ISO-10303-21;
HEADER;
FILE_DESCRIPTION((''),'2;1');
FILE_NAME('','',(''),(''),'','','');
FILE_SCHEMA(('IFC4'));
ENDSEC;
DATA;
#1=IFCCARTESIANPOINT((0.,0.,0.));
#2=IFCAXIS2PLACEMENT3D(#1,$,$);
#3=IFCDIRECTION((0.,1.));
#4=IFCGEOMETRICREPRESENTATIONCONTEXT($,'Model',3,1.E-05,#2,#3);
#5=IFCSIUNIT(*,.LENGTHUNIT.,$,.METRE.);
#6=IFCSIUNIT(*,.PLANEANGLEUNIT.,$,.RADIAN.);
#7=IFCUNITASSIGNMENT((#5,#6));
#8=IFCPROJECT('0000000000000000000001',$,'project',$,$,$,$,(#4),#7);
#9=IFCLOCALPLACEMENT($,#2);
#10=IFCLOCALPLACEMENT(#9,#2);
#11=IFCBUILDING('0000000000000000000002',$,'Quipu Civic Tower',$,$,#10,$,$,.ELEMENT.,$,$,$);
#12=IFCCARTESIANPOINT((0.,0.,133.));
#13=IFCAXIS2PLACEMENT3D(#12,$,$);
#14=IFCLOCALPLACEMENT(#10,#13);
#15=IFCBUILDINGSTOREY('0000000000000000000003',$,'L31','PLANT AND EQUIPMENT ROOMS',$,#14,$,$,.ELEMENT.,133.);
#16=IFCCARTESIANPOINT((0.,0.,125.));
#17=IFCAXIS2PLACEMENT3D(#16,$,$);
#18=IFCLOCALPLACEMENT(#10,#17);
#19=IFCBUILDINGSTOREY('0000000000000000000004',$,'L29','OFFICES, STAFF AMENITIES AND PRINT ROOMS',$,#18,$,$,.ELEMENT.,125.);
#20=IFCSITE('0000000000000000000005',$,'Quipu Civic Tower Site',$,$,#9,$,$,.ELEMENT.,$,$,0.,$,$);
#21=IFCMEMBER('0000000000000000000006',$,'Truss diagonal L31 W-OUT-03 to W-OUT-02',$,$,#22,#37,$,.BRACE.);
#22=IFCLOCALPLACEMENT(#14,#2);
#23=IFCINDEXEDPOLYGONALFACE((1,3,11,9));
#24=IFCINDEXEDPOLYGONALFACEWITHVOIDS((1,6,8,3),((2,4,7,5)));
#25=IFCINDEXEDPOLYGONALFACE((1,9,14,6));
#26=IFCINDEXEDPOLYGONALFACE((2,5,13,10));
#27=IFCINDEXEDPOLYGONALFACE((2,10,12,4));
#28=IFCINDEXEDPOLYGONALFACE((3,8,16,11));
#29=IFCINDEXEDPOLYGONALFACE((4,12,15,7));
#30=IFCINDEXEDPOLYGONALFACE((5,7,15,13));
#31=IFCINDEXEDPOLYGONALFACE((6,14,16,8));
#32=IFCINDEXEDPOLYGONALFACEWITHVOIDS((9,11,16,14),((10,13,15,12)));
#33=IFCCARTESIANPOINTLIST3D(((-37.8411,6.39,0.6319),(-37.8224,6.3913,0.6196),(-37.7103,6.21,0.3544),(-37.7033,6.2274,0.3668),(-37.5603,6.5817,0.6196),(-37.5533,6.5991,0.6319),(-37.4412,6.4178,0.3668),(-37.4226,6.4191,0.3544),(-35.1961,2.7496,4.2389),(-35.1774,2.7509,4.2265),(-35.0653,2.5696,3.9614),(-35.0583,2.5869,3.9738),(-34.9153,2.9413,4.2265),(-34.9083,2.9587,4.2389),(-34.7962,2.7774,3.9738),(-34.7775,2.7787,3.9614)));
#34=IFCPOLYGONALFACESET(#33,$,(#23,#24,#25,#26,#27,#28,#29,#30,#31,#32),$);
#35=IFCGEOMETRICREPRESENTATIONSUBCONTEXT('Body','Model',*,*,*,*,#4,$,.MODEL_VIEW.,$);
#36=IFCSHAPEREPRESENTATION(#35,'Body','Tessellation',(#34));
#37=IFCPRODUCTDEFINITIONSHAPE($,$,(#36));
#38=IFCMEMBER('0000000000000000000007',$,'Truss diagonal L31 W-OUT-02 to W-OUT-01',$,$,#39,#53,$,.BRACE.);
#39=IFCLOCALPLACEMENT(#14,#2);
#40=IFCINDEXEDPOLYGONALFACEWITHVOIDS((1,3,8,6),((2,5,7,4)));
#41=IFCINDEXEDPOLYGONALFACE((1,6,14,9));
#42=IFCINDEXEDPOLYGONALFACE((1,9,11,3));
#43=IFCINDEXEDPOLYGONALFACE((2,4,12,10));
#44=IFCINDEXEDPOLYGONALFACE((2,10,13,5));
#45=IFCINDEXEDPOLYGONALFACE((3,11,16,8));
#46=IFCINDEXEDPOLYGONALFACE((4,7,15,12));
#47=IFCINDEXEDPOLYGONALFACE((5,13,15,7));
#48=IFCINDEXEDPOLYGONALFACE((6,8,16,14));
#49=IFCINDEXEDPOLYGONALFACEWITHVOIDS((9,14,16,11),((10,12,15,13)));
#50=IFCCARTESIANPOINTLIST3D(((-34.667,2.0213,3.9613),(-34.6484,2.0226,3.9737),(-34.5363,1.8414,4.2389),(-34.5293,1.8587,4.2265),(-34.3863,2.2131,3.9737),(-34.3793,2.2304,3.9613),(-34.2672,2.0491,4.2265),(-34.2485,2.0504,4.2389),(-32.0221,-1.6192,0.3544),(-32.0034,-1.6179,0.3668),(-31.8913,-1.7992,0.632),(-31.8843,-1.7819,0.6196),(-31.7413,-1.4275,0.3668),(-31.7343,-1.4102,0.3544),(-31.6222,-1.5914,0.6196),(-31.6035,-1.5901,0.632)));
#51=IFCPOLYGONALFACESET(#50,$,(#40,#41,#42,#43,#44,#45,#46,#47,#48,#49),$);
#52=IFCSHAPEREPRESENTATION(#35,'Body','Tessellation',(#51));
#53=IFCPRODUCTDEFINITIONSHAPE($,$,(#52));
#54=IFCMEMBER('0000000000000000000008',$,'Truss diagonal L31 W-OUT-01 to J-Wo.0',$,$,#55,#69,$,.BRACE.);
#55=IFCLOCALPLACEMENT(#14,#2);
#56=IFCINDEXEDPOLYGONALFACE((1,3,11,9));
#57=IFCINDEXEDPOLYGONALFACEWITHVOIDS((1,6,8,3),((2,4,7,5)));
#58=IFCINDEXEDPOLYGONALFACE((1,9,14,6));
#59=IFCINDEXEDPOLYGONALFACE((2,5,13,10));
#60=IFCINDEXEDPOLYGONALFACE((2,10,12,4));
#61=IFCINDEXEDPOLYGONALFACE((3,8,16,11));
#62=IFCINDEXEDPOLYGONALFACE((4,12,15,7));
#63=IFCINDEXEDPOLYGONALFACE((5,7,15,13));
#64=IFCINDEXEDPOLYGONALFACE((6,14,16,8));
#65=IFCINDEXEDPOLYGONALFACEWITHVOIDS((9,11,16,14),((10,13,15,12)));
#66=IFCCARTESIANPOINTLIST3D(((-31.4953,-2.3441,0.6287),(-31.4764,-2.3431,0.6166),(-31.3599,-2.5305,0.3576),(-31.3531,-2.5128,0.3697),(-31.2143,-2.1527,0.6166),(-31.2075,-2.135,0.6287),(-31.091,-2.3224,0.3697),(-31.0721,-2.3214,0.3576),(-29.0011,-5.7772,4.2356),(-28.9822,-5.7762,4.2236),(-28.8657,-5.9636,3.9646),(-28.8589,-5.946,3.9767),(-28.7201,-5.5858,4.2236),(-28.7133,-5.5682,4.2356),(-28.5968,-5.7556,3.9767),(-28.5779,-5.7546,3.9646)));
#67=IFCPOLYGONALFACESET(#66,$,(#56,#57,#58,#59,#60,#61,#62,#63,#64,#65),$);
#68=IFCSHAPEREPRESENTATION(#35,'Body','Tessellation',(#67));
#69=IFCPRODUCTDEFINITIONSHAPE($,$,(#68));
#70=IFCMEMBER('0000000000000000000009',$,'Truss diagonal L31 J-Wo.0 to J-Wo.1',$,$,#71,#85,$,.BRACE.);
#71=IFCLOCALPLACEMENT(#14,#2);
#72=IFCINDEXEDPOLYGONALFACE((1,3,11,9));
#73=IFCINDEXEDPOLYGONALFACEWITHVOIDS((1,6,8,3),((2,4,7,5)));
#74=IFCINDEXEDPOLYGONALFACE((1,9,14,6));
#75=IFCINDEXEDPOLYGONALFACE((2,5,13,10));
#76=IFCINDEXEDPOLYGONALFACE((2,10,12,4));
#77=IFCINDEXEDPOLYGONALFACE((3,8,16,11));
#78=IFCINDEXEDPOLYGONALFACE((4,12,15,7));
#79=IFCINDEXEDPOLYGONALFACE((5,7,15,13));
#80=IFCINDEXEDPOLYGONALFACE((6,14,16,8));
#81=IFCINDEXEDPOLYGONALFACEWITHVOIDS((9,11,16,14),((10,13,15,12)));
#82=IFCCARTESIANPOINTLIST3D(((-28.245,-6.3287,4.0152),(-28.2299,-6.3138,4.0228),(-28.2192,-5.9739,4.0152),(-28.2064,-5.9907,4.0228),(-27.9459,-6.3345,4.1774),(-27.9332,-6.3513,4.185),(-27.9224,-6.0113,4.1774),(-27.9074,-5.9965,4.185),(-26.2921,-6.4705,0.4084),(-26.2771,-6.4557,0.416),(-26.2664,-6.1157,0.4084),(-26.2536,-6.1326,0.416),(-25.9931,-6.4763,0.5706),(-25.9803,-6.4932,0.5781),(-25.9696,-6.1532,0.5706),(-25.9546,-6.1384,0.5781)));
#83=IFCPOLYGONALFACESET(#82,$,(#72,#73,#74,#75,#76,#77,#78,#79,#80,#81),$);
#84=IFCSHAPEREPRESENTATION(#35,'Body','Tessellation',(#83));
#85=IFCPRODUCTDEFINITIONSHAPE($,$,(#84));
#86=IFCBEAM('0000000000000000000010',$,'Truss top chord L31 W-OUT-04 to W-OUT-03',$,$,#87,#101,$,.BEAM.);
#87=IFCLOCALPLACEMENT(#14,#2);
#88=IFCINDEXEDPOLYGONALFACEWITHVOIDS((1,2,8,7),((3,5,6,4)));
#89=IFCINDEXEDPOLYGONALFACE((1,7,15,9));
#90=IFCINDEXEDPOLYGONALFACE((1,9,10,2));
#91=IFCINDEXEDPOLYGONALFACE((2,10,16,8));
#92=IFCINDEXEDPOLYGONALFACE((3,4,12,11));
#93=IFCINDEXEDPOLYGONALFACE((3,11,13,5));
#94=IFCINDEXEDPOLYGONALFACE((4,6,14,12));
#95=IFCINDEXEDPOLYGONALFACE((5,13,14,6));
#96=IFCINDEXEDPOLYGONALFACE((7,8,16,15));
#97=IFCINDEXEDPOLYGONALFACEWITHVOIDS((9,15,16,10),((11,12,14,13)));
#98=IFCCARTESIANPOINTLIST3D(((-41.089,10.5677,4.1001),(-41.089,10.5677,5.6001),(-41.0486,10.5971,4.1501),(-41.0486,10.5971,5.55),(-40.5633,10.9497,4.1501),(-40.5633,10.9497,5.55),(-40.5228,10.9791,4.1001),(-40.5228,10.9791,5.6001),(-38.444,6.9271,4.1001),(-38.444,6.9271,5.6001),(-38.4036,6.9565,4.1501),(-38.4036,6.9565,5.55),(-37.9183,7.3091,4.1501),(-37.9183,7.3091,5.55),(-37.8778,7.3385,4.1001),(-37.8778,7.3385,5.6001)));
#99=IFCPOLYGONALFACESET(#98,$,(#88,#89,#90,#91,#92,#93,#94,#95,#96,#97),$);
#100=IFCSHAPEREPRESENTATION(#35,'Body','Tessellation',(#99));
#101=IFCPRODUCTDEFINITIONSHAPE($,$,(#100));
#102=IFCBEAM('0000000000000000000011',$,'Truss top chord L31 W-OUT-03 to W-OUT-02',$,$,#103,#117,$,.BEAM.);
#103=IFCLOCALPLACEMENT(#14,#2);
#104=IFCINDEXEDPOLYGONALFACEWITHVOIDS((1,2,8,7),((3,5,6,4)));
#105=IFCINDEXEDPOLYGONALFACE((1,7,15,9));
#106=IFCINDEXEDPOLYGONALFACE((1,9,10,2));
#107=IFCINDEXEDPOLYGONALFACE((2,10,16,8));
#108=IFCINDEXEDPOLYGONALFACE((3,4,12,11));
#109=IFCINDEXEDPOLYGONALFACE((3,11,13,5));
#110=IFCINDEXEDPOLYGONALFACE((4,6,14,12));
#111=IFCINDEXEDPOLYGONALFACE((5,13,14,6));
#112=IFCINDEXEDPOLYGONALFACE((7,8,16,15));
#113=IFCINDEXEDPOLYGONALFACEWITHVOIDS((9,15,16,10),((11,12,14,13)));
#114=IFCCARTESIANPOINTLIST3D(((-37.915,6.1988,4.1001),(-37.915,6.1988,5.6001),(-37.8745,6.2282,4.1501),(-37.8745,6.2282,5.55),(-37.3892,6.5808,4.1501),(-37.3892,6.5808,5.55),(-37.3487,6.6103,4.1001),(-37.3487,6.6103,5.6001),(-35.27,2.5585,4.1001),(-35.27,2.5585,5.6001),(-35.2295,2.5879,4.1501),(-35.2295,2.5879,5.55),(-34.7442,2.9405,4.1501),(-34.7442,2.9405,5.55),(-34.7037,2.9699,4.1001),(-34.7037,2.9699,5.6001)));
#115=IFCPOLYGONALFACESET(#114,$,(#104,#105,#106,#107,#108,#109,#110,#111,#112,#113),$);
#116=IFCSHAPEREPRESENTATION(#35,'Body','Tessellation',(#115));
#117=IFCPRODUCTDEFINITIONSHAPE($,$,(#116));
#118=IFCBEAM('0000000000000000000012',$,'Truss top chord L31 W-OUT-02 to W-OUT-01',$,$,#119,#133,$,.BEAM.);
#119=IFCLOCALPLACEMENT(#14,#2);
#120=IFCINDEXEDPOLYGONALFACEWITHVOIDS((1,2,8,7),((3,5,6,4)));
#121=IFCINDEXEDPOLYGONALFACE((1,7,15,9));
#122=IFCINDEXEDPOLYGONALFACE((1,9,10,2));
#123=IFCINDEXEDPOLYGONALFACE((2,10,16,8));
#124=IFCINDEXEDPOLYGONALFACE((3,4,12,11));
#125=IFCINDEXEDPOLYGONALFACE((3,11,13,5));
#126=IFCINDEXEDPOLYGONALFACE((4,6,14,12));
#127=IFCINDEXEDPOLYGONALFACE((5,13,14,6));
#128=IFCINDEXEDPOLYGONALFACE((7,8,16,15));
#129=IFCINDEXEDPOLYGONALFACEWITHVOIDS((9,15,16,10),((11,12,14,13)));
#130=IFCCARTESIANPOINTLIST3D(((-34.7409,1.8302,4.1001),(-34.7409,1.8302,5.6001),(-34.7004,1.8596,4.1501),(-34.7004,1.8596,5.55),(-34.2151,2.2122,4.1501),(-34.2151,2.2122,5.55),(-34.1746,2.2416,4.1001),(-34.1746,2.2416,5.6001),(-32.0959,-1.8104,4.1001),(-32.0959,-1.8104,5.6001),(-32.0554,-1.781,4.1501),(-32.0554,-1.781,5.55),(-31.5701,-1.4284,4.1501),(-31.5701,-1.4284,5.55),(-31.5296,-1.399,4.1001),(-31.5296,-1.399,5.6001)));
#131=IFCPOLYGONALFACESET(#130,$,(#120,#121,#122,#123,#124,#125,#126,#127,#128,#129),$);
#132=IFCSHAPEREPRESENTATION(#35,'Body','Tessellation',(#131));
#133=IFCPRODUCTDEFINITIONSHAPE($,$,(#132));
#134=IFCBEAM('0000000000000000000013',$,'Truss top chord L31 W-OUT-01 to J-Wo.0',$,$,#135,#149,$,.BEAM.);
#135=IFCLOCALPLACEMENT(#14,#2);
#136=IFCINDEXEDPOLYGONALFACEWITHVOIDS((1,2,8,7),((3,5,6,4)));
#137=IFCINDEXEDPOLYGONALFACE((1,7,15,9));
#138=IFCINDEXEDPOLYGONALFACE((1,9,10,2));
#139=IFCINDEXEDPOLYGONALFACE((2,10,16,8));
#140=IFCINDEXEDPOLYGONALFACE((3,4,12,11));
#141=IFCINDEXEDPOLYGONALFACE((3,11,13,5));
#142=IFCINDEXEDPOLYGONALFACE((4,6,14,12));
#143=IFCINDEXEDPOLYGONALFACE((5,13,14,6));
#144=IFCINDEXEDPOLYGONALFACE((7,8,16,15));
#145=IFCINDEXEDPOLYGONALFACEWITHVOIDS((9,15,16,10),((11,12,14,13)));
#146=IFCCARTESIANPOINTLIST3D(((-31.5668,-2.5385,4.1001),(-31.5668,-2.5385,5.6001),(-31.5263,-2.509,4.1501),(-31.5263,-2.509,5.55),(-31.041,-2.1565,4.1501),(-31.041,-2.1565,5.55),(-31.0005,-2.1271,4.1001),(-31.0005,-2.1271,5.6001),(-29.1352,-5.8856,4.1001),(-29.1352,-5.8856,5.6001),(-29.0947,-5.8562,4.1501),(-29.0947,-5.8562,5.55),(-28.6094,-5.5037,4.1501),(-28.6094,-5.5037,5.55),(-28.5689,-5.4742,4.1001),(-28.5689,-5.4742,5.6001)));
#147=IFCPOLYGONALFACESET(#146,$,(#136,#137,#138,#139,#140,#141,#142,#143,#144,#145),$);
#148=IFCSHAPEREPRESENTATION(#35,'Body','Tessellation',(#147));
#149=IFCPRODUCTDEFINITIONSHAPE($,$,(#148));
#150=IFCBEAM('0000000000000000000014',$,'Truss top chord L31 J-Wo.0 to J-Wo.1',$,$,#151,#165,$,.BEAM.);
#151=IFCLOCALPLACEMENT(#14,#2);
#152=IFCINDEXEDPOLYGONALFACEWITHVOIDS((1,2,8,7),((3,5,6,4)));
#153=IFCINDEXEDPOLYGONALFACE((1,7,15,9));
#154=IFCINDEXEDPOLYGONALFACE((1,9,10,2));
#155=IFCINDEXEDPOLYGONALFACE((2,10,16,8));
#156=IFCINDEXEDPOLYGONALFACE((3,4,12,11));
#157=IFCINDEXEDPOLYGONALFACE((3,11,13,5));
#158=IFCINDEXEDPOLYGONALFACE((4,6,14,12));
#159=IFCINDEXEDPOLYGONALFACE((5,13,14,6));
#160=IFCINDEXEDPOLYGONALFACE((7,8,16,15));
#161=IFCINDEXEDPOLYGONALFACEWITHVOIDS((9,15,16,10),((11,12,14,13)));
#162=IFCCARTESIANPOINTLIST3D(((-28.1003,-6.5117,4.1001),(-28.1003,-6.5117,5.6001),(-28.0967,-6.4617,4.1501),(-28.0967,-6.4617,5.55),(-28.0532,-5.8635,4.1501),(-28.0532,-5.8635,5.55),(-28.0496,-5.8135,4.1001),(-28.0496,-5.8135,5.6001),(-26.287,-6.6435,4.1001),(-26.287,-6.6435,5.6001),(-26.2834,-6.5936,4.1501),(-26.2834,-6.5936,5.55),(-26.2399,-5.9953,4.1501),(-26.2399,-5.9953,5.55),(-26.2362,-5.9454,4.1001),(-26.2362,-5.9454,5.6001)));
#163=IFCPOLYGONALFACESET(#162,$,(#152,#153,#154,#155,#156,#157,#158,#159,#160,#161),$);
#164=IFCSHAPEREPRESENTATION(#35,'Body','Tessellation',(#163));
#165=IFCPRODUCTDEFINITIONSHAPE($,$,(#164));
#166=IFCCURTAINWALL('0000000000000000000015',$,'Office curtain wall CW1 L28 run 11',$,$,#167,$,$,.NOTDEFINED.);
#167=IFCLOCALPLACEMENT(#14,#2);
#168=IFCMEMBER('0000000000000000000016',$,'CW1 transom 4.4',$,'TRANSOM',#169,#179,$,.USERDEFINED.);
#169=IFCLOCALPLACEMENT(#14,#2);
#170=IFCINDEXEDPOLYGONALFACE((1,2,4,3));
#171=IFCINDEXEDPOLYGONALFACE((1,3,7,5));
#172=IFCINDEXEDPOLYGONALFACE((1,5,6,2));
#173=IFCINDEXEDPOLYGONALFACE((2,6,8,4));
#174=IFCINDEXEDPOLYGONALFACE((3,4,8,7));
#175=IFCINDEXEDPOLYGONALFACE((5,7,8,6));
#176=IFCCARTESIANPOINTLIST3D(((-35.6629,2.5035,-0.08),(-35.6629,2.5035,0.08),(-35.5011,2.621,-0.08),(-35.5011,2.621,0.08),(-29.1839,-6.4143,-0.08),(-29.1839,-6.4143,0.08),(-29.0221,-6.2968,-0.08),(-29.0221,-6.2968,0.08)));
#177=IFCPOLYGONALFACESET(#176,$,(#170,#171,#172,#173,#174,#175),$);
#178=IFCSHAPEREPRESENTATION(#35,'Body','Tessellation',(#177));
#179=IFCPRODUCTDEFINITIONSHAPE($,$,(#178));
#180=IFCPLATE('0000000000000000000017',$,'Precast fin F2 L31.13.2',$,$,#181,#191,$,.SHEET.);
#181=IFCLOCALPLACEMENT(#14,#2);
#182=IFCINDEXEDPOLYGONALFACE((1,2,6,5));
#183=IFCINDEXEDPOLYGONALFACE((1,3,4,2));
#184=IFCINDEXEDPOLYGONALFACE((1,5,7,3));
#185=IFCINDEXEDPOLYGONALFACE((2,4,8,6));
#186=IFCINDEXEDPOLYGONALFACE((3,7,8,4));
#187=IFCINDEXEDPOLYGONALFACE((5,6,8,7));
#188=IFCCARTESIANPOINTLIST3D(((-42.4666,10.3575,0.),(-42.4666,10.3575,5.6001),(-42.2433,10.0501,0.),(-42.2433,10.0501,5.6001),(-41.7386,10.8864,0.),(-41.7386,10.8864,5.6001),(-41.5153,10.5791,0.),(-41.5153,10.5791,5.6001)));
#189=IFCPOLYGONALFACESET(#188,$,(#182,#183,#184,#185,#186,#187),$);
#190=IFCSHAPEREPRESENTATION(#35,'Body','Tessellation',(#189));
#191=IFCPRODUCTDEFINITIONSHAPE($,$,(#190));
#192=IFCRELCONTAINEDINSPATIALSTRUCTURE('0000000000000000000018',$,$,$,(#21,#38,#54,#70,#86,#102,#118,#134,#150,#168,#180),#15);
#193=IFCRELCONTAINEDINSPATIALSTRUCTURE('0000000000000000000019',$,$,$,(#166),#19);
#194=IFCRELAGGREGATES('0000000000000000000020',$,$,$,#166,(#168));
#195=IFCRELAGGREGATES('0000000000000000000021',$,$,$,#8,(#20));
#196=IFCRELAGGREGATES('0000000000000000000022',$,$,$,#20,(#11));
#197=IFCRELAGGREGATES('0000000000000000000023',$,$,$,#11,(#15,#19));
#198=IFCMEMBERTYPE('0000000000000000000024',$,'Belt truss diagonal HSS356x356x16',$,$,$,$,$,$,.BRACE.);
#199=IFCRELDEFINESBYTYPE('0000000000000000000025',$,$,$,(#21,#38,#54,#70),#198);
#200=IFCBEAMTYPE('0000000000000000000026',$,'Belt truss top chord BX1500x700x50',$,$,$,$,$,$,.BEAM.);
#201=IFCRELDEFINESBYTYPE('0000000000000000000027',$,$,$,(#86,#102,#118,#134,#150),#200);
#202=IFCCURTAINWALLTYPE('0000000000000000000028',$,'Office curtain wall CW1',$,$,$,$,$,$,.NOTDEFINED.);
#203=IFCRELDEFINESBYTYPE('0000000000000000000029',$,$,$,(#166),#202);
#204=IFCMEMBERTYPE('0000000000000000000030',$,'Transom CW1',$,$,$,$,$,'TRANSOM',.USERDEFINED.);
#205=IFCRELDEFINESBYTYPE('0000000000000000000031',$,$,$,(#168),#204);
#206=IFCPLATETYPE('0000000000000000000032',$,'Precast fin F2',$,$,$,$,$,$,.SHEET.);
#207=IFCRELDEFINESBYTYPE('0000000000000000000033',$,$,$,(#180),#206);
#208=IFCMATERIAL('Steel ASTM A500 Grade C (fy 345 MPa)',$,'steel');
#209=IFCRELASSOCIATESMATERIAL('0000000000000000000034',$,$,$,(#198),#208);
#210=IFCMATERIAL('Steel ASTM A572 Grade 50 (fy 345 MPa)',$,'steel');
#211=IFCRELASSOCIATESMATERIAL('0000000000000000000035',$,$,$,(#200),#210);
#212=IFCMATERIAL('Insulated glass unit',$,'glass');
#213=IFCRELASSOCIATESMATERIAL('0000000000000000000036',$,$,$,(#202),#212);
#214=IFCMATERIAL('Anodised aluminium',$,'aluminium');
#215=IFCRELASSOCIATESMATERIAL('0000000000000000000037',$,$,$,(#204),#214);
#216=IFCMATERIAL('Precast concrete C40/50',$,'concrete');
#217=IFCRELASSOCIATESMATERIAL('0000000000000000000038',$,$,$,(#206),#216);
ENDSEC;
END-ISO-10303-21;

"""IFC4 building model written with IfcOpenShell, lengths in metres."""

from ifc_helpers import new_model, si_unit, direction, frame, origin, origin_2d, place, context, subcontext, project, spatial, rectangle, hollow_rectangle, extrude, material, material_profile, profile_set, type_object, element, aggregate, save


model = new_model("IFC4")

# Units and contexts
model_context = context("Model", 3, precision=1e-05, world=origin(), true_north=direction((0.0, 1.0)))
body_context = subcontext(model_context, "Body", "Model", "MODEL_VIEW")
ifc_project = project(units=[si_unit("LENGTHUNIT", "METRE"), si_unit("PLANEANGLEUNIT", "RADIAN")], contexts=[model_context])

# Site, building, storey
site_placement = place(None, origin())
site = spatial("IfcSite", under=ifc_project, at=site_placement, Name="Quipu Civic Tower Site", CompositionType="ELEMENT", RefElevation=0.0)
building_placement = place(site_placement, origin())
building = spatial("IfcBuilding", under=site, at=building_placement, Name="Quipu Civic Tower", CompositionType="ELEMENT")
storey_1_placement = place(building_placement, frame((0.0, 0.0, 133.0)))
storey_1 = spatial("IfcBuildingStorey", under=building, at=storey_1_placement, Name="L31", Description="PLANT AND EQUIPMENT ROOMS", CompositionType="ELEMENT", Elevation=133.0)

# Members
ifc_material_1 = material(Name="Steel ASTM A500 Grade C (fy 345 MPa)", Category="steel")
ifc_material_profile_1 = material_profile(ifc_material_1, hollow_rectangle(XDim=0.3557, YDim=0.3557, WallThickness=0.0159, at=origin_2d()), Name="HSS356x356x16")
ifc_profile_set_1 = profile_set([ifc_material_profile_1], Name="Steel ASTM A500 Grade C (fy 345 MPa)")
member_type_1 = type_object("IfcMemberType", Name="Belt truss diagonal HSS356x356x16", PredefinedType="BRACE", material=ifc_profile_set_1)
for number, where, z_axis, x_axis, name in (
    (1, (-37.6318, 6.4045, 0.4932), (0.458646, -0.631242, 0.625442), (0.809003, 0.587804, 0.0), "Truss diagonal L31 W-OUT-03 to W-OUT-02"),
    (2, (-34.4578, 2.0359, 4.1001), (0.458634, -0.631267, -0.625425), (0.809022, 0.587778, 0.0), "Truss diagonal L31 W-OUT-02 to W-OUT-01"),
):
    element("IfcMember", number, at=place(storey_1_placement, frame(where, z_axis=z_axis, x_axis=x_axis)), inside=storey_1, type_object=member_type_1, Name=name, PredefinedType="BRACE", context=body_context, shape_type="SweptSolid", body=[
        extrude(hollow_rectangle(XDim=0.3557, YDim=0.3557, WallThickness=0.0159, at=origin_2d()), origin(), (0.0, 0.0, 1.0), 5.7671),
    ])
member_1_placement = place(storey_1_placement, frame((-31.2837, -2.3328, 0.4932), z_axis=(0.447839, -0.616436, 0.647648), x_axis=(0.809035, 0.587761, 0.0)))
element("IfcMember", 3, at=member_1_placement, inside=storey_1, type_object=member_type_1, Name="Truss diagonal L31 W-OUT-01 to J-Wo.0", PredefinedType="BRACE", context=body_context, shape_type="SweptSolid", body=[
    extrude(hollow_rectangle(XDim=0.3557, YDim=0.3557, WallThickness=0.0159, at=origin_2d()), origin(), (0.0, 0.0, 1.0), 5.5693),
])
member_2_placement = place(storey_1_placement, frame((-28.0762, -6.1626, 4.1001), z_axis=(0.475834, -0.034562, -0.878856), x_axis=(0.072443, 0.997373, 0.0)))
element("IfcMember", 4, at=member_2_placement, inside=storey_1, type_object=member_type_1, Name="Truss diagonal L31 J-Wo.0 to J-Wo.1", PredefinedType="BRACE", context=body_context, shape_type="SweptSolid", body=[
    extrude(hollow_rectangle(XDim=0.3557, YDim=0.3557, WallThickness=0.0159, at=origin_2d()), origin(), (0.0, 0.0, 1.0), 4.104),
])

# Beams
ifc_material_2 = material(Name="Steel ASTM A572 Grade 50 (fy 345 MPa)", Category="steel")
ifc_material_profile_2 = material_profile(ifc_material_2, hollow_rectangle(XDim=0.7, YDim=1.5, WallThickness=0.05, at=origin_2d()), Name="BX1500x700x50")
ifc_profile_set_2 = profile_set([ifc_material_profile_2], Name="Steel ASTM A572 Grade 50 (fy 345 MPa)")
beam_type_1 = type_object("IfcBeamType", Name="Belt truss top chord BX1500x700x50", PredefinedType="BEAM", material=ifc_profile_set_2)
beam_1_placement = place(storey_1_placement, frame((-40.8059, 10.7734, 4.8501), z_axis=(0.587778, -0.809022, 0.0), x_axis=(0.809022, 0.587778, 0.0)))
element("IfcBeam", 5, at=beam_1_placement, inside=storey_1, type_object=beam_type_1, Name="Truss top chord L31 W-OUT-04 to W-OUT-03", PredefinedType="BEAM", context=body_context, shape_type="SweptSolid", body=[
    extrude(hollow_rectangle(XDim=0.7, YDim=1.5, WallThickness=0.05, at=origin_2d()), origin(), (0.0, 0.0, 1.0), 4.5),
])
beam_2_placement = place(storey_1_placement, frame((-37.6318, 6.4045, 4.8501), z_axis=(0.587804, -0.809003, 0.0), x_axis=(0.809003, 0.587804, 0.0)))
element("IfcBeam", 6, at=beam_2_placement, inside=storey_1, type_object=beam_type_1, Name="Truss top chord L31 W-OUT-03 to W-OUT-02", PredefinedType="BEAM", context=body_context, shape_type="SweptSolid", body=[
    extrude(hollow_rectangle(XDim=0.7, YDim=1.5, WallThickness=0.05, at=origin_2d()), origin(), (0.0, 0.0, 1.0), 4.4998),
])
beam_3_placement = place(storey_1_placement, frame((-34.4578, 2.0359, 4.8501), z_axis=(0.587778, -0.809022, 0.0), x_axis=(0.809022, 0.587778, 0.0)))
element("IfcBeam", 7, at=beam_3_placement, inside=storey_1, type_object=beam_type_1, Name="Truss top chord L31 W-OUT-02 to W-OUT-01", PredefinedType="BEAM", context=body_context, shape_type="SweptSolid", body=[
    extrude(hollow_rectangle(XDim=0.7, YDim=1.5, WallThickness=0.05, at=origin_2d()), origin(), (0.0, 0.0, 1.0), 4.5),
])
beam_4_placement = place(storey_1_placement, frame((-31.2837, -2.3328, 4.8501), z_axis=(0.587751, -0.809042, 0.0), x_axis=(0.809042, 0.587751, 0.0)))
element("IfcBeam", 8, at=beam_4_placement, inside=storey_1, type_object=beam_type_1, Name="Truss top chord L31 W-OUT-01 to J-Wo.0", PredefinedType="BEAM", context=body_context, shape_type="SweptSolid", body=[
    extrude(hollow_rectangle(XDim=0.7, YDim=1.5, WallThickness=0.05, at=origin_2d()), origin(), (0.0, 0.0, 1.0), 4.1372),
])
beam_5_placement = place(storey_1_placement, frame((-28.075, -6.1626, 4.8501), z_axis=(0.997367, -0.072516, 0.0), x_axis=(0.072516, 0.997367, 0.0)))
element("IfcBeam", 9, at=beam_5_placement, inside=storey_1, type_object=beam_type_1, Name="Truss top chord L31 J-Wo.0 to J-Wo.1", PredefinedType="BEAM", context=body_context, shape_type="SweptSolid", body=[
    extrude(hollow_rectangle(XDim=0.7, YDim=1.5, WallThickness=0.05, at=origin_2d()), origin(), (0.0, 0.0, 1.0), 1.8181),
])

# Shared definitions
storey_2_placement = place(building_placement, frame((0.0, 0.0, 125.0)))
storey_2 = spatial("IfcBuildingStorey", under=building, at=storey_2_placement, Name="L29", Description="OFFICES, STAFF AMENITIES AND PRINT ROOMS", CompositionType="ELEMENT", Elevation=125.0)

# Curtain wall, member
ifc_material_3 = material(Name="Insulated glass unit", Category="glass")
curtain_wall_type = type_object("IfcCurtainWallType", Name="Office curtain wall CW1", PredefinedType="NOTDEFINED", material=ifc_material_3)
curtain_wall_placement = place(storey_2_placement, origin())
curtain_wall = element("IfcCurtainWall", 10, at=curtain_wall_placement, inside=storey_2, type_object=curtain_wall_type, Name="Office curtain wall CW1 L28 run 11", PredefinedType="NOTDEFINED")
ifc_material_4 = material(Name="Anodised aluminium", Category="aluminium")
ifc_material_profile_3 = material_profile(ifc_material_4, rectangle(XDim=0.2, YDim=0.1599, at=origin_2d()), Name="RECT 200x160")
ifc_profile_set_3 = profile_set([ifc_material_profile_3], Name="Anodised aluminium")
member_type_2 = type_object("IfcMemberType", Name="Transom CW1", ElementType="TRANSOM", PredefinedType="USERDEFINED", material=ifc_profile_set_3)
member_3_placement = place(storey_1_placement, frame((-35.582, 2.5623, 0.0), z_axis=(0.587779, -0.809021, 0.0), x_axis=(0.809021, 0.587779, 0.0)))
member_3 = element("IfcMember", 11, at=member_3_placement, inside=storey_1, type_object=member_type_2, Name="CW1 transom 4.4", ObjectType="TRANSOM", PredefinedType="USERDEFINED", context=body_context, shape_type="SweptSolid", body=[
    extrude(rectangle(XDim=0.2, YDim=0.1599, at=origin_2d()), origin(), (0.0, 0.0, 1.0), 11.0229),
])
aggregate(curtain_wall, [member_3])

# Plate
ifc_material_5 = material(Name="Precast concrete C40/50", Category="concrete")
plate_type = type_object("IfcPlateType", Name="Precast fin F2", PredefinedType="SHEET", material=ifc_material_5)
for number, where, z_axis, x_axis, name in (
    (12, (-41.991, 10.4683, 0.0), (0.0, 0.0, 1.0), (0.587786, -0.809017, 0.0), "Precast fin F2 L31.13.2"),
):
    element("IfcPlate", number, at=place(storey_1_placement, frame(where, z_axis=z_axis, x_axis=x_axis)), inside=storey_1, type_object=plate_type, Name=name, PredefinedType="SHEET", context=body_context, shape_type="SweptSolid", body=[
        extrude(rectangle(XDim=0.3799, YDim=0.8999, at=origin_2d()), origin(), (0.0, 0.0, 1.0), 5.6001),
    ])

save(model, "model.ifc")
